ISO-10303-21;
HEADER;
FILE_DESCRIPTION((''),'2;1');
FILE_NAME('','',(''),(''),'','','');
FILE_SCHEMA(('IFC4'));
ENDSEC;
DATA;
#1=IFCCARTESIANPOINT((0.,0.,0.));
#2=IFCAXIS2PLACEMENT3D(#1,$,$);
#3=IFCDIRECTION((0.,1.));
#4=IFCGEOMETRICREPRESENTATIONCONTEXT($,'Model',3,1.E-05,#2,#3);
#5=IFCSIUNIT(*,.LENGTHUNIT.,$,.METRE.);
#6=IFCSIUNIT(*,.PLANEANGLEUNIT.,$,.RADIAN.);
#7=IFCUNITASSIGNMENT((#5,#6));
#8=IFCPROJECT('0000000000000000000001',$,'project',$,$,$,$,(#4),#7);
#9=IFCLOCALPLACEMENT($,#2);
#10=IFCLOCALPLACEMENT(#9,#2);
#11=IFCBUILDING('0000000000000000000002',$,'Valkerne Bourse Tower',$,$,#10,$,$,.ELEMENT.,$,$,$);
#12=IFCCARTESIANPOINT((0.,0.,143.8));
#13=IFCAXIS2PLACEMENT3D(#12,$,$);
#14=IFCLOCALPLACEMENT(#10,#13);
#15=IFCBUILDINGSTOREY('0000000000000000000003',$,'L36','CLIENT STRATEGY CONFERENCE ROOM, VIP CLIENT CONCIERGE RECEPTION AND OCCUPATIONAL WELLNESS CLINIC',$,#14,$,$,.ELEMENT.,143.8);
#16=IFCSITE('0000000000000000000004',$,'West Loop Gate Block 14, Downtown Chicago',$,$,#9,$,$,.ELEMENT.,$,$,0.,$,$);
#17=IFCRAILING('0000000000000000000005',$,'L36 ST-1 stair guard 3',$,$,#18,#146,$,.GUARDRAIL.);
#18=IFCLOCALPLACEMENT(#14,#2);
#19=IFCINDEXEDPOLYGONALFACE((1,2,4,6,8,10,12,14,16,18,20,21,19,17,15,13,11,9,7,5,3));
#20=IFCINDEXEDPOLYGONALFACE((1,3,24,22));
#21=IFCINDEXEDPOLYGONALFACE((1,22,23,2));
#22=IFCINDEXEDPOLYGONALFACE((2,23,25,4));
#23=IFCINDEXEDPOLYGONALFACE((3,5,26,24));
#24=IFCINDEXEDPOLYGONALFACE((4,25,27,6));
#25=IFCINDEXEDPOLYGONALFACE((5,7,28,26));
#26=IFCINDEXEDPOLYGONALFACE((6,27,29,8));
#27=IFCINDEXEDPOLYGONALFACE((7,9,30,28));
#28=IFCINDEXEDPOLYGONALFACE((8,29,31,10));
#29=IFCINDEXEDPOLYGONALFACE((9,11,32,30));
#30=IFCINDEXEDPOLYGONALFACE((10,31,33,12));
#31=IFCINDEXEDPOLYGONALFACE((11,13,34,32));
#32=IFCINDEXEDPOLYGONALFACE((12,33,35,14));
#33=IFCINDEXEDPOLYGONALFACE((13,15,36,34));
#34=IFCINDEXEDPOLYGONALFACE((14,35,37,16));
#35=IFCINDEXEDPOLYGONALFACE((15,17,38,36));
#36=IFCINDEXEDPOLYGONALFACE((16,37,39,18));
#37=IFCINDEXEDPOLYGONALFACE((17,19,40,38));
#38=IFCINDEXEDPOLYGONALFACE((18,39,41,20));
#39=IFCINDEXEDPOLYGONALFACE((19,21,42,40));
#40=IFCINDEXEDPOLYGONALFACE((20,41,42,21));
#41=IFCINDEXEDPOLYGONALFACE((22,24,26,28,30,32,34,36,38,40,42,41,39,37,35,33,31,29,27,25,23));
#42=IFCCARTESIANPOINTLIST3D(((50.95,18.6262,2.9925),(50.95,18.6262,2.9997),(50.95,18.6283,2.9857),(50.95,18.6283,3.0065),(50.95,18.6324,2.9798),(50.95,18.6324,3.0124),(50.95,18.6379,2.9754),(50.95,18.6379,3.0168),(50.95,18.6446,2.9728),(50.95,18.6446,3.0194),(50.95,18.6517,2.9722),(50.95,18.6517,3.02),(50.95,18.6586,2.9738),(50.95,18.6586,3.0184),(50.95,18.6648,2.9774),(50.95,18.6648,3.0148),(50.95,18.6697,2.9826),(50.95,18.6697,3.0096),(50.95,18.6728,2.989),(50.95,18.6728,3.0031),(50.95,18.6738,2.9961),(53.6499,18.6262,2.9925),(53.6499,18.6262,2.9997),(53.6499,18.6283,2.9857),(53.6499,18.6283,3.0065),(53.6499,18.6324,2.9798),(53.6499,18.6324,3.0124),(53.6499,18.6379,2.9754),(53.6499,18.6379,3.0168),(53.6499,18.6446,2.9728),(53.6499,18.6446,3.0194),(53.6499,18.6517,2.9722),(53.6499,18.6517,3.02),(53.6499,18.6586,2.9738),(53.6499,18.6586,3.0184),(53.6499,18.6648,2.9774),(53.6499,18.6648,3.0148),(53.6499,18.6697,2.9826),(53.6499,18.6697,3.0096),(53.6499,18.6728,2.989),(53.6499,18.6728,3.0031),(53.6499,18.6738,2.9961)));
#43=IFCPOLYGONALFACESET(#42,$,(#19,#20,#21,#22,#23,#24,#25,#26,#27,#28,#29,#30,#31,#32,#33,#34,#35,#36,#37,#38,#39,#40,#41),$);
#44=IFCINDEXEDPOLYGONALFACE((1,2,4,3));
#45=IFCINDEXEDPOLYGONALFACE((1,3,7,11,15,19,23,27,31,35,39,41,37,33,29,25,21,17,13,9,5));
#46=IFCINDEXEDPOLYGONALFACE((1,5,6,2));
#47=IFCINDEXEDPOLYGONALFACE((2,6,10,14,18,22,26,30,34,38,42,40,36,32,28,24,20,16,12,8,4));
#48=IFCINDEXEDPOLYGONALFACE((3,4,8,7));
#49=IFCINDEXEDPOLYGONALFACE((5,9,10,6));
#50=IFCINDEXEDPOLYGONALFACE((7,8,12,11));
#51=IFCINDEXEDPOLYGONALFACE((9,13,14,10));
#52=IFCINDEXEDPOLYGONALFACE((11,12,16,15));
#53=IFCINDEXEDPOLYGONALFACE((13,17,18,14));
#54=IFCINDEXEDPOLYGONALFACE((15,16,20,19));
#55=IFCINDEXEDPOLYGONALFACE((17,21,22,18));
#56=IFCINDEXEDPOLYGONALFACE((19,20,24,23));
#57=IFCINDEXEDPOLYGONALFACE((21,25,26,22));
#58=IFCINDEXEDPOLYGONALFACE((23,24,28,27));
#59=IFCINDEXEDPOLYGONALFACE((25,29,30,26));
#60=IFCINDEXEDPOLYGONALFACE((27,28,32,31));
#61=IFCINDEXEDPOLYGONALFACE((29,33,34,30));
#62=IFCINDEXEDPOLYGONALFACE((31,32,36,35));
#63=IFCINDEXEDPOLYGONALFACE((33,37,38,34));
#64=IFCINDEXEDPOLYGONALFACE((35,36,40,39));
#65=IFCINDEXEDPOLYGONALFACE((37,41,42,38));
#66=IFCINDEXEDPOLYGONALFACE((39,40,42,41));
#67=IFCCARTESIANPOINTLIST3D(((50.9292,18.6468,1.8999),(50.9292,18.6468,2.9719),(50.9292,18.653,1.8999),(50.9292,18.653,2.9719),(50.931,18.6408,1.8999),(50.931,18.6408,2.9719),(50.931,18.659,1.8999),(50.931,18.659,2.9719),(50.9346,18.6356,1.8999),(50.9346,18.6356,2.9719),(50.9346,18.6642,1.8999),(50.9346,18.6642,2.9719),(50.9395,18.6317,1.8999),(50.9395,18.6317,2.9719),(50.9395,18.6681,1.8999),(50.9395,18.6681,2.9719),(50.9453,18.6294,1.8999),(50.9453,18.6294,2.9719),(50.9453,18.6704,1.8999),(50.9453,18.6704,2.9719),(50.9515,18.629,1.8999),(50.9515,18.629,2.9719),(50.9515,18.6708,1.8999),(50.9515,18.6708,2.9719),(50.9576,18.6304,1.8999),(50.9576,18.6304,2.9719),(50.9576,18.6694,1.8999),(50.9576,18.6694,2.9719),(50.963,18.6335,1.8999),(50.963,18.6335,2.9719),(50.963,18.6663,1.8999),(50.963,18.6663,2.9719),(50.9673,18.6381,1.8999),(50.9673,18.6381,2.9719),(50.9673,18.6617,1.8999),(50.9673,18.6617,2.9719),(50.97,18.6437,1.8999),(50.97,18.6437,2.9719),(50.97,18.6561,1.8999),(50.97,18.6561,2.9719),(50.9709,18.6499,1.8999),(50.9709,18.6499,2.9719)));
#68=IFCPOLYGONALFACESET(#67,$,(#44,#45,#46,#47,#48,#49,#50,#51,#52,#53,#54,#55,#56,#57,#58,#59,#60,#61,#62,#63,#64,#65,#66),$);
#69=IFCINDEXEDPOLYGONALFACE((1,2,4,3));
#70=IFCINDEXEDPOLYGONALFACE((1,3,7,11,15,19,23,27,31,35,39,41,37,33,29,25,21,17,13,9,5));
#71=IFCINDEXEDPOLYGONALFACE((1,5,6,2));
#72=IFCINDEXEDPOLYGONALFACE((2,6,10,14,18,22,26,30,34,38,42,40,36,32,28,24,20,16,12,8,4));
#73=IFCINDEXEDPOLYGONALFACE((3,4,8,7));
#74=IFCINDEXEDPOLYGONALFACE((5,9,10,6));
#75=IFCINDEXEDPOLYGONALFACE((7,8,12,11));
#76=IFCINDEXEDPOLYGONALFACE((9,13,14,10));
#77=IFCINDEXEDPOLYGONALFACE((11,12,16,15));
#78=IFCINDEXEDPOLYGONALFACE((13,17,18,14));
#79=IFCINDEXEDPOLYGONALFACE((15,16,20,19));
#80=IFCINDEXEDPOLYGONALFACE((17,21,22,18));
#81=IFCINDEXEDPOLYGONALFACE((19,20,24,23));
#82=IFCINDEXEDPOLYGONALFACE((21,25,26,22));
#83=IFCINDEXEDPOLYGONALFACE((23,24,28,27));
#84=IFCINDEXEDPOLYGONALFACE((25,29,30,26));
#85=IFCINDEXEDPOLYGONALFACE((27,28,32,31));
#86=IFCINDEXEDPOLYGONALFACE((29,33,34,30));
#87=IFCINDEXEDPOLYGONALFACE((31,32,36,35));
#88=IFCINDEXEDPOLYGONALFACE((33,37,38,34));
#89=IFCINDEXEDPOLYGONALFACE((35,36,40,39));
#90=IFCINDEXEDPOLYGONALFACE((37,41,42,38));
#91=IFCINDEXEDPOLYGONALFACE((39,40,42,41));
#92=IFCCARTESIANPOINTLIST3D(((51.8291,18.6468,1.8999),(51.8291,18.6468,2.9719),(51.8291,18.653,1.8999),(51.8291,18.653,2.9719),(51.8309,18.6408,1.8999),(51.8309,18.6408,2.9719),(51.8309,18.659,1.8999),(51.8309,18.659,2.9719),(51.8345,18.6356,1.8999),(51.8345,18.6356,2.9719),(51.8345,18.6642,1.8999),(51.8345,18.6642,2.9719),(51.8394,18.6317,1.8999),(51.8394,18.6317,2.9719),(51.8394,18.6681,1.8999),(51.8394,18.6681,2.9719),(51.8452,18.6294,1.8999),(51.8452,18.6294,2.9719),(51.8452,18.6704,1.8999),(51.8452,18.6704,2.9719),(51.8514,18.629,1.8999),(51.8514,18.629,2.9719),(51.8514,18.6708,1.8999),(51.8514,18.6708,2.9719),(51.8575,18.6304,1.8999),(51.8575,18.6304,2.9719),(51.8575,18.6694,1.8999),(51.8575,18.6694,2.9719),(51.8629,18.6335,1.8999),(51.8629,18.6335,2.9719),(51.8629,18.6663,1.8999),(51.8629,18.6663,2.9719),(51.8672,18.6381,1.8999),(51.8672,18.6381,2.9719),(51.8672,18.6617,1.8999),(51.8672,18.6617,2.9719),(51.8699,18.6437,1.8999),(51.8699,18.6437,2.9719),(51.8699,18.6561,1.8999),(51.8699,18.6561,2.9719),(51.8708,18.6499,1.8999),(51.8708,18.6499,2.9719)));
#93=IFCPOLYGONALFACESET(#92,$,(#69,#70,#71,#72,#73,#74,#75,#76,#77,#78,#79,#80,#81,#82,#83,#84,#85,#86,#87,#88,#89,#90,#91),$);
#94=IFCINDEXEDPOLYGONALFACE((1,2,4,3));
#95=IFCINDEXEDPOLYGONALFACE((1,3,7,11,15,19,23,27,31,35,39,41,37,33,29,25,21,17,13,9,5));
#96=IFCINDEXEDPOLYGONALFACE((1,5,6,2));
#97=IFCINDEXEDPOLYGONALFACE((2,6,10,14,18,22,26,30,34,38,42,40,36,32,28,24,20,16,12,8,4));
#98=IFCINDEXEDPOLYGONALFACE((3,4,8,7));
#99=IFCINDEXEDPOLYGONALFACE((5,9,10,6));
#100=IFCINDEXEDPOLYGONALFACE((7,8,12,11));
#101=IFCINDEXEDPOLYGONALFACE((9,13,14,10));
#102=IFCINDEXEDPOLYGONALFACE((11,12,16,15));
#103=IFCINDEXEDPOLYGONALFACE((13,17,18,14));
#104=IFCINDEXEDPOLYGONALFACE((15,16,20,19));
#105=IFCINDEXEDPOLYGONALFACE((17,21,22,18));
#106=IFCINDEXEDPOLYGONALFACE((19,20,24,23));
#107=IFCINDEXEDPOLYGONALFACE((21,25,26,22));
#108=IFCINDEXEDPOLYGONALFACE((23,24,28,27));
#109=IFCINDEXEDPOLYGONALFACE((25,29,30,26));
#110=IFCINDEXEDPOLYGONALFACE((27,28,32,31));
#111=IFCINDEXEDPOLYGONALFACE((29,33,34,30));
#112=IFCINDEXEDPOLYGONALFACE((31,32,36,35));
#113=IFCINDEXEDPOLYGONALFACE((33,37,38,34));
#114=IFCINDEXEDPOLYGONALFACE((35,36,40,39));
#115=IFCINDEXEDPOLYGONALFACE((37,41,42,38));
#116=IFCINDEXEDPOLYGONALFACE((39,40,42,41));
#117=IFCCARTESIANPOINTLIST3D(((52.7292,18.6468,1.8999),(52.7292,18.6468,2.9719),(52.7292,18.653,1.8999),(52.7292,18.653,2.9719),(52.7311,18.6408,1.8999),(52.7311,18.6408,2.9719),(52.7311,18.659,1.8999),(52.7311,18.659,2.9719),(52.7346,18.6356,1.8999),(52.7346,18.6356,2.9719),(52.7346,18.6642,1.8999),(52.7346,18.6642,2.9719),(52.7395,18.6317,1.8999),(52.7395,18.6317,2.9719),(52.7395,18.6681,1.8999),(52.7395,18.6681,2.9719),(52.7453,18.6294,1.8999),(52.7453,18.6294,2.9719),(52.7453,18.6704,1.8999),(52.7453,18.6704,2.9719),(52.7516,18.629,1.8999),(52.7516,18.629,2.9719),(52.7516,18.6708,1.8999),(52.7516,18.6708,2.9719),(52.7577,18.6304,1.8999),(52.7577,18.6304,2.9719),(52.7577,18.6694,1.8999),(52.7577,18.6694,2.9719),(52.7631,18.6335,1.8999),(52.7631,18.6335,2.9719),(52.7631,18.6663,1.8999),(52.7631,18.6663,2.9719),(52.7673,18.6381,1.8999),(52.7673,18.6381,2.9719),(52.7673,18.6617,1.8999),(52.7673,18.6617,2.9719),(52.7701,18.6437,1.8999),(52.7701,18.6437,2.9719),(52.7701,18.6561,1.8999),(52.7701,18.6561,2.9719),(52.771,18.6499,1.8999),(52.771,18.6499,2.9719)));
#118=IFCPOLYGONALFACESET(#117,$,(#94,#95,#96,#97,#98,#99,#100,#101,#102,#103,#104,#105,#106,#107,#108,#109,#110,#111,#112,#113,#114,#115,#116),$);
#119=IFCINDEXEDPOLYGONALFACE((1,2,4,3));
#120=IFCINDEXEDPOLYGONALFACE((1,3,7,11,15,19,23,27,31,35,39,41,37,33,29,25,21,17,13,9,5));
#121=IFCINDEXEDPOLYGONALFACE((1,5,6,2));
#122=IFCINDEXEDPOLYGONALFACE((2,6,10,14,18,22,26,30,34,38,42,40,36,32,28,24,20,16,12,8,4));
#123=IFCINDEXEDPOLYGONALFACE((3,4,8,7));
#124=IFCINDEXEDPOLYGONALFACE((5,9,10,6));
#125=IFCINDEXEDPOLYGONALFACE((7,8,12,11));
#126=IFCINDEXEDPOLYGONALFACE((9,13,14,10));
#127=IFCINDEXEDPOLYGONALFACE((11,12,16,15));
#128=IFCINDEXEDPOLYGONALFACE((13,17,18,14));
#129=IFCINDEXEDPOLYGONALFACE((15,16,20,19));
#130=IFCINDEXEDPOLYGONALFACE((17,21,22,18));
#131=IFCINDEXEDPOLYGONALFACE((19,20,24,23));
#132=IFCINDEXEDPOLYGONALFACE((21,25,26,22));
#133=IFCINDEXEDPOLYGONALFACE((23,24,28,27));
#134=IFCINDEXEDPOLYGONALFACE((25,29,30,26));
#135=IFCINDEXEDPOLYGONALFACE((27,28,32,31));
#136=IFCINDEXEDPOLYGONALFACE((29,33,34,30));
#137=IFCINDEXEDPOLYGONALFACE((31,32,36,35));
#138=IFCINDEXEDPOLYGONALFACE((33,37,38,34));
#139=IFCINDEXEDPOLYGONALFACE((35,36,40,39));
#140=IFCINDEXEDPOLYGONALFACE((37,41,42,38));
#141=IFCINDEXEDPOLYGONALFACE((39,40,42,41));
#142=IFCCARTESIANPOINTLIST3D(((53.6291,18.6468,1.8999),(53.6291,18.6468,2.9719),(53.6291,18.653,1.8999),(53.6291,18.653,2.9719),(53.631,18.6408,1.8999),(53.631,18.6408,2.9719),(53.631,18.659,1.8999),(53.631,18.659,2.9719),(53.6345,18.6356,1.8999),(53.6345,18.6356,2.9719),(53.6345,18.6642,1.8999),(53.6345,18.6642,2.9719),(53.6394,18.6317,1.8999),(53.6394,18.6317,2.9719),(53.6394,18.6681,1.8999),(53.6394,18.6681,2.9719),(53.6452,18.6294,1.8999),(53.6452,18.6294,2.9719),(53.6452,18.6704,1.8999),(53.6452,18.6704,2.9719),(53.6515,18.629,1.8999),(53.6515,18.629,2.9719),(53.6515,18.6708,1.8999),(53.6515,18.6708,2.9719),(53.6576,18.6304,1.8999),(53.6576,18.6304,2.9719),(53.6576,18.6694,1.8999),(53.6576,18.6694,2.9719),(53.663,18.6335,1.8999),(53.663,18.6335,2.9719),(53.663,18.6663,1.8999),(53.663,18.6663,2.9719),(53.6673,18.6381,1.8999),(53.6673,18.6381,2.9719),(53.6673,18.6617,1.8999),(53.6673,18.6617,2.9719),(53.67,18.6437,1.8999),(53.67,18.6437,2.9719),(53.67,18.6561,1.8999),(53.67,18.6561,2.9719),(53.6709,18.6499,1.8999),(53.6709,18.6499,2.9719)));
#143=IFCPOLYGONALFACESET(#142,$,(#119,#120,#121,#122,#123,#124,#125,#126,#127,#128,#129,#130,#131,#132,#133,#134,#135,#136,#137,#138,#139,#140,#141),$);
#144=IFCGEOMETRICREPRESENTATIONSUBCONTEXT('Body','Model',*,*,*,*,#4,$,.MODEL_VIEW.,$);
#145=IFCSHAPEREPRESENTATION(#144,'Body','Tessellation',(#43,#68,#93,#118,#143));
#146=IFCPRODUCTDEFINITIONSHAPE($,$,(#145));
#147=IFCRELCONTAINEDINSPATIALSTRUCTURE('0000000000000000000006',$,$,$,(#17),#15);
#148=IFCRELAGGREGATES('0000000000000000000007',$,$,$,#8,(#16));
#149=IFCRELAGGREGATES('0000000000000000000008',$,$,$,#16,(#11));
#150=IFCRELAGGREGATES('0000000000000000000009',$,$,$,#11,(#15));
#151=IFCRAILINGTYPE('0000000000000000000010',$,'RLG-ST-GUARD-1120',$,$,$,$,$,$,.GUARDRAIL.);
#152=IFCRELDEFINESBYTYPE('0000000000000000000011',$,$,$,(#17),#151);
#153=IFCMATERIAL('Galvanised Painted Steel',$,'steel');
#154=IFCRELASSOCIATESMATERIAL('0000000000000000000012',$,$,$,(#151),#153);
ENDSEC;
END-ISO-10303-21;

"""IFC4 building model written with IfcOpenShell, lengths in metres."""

from ifc_helpers import new_model, si_unit, direction, frame, origin, origin_2d, place, context, subcontext, project, spatial, circle, extrude, material, type_object, element, save


model = new_model("IFC4")

# Units and contexts
model_context = context("Model", 3, precision=1e-05, world=origin(), true_north=direction((0.0, 1.0)))
body_context = subcontext(model_context, "Body", "Model", "MODEL_VIEW")
ifc_project = project(units=[si_unit("LENGTHUNIT", "METRE"), si_unit("PLANEANGLEUNIT", "RADIAN")], contexts=[model_context])

# Site, building, storey
site_placement = place(None, origin())
site = spatial("IfcSite", under=ifc_project, at=site_placement, Name="West Loop Gate Block 14, Downtown Chicago", CompositionType="ELEMENT", RefElevation=0.0)
building_placement = place(site_placement, origin())
building = spatial("IfcBuilding", under=site, at=building_placement, Name="Valkerne Bourse Tower", CompositionType="ELEMENT")
storey_placement = place(building_placement, frame((0.0, 0.0, 143.8)))
storey = spatial("IfcBuildingStorey", under=building, at=storey_placement, Name="L36", Description="CLIENT STRATEGY CONFERENCE ROOM, VIP CLIENT CONCIERGE RECEPTION AND OCCUPATIONAL WELLNESS CLINIC", CompositionType="ELEMENT", Elevation=143.8)

# Shared definitions
ifc_material_1 = material(Name="Galvanised Painted Steel", Category="steel")

# Railing
railing_type_1 = type_object("IfcRailingType", Name="RLG-ST-GUARD-1120", PredefinedType="GUARDRAIL", material=ifc_material_1)
for number, where, name in (
    (1, (50.95, 18.6499, 1.8999), "L36 ST-1 stair guard 3"),
):
    element("IfcRailing", number, at=place(storey_placement, frame(where)), inside=storey, type_object=railing_type_1, Name=name, PredefinedType="GUARDRAIL", context=body_context, shape_type="SweptSolid", body=[
        extrude(circle(Radius=0.0239, at=origin_2d()), frame((0.0, 0.0, 1.0962), z_axis=(1.0, 0.0, 0.0), x_axis=(0.0, 1.0, 0.0)), (0.0, 0.0, 1.0), 2.7),
        extrude(circle(Radius=0.021, at=origin_2d()), origin(), (0.0, 0.0, 1.0), 1.072),
        extrude(circle(Radius=0.021, at=origin_2d()), frame((0.8999, 0.0, 0.0)), (0.0, 0.0, 1.0), 1.072),
        extrude(circle(Radius=0.021, at=origin_2d()), frame((1.8, 0.0, 0.0)), (0.0, 0.0, 1.0), 1.072),
        extrude(circle(Radius=0.021, at=origin_2d()), frame((2.7, 0.0, 0.0)), (0.0, 0.0, 1.0), 1.072),
    ])

save(model, "model.ifc")
